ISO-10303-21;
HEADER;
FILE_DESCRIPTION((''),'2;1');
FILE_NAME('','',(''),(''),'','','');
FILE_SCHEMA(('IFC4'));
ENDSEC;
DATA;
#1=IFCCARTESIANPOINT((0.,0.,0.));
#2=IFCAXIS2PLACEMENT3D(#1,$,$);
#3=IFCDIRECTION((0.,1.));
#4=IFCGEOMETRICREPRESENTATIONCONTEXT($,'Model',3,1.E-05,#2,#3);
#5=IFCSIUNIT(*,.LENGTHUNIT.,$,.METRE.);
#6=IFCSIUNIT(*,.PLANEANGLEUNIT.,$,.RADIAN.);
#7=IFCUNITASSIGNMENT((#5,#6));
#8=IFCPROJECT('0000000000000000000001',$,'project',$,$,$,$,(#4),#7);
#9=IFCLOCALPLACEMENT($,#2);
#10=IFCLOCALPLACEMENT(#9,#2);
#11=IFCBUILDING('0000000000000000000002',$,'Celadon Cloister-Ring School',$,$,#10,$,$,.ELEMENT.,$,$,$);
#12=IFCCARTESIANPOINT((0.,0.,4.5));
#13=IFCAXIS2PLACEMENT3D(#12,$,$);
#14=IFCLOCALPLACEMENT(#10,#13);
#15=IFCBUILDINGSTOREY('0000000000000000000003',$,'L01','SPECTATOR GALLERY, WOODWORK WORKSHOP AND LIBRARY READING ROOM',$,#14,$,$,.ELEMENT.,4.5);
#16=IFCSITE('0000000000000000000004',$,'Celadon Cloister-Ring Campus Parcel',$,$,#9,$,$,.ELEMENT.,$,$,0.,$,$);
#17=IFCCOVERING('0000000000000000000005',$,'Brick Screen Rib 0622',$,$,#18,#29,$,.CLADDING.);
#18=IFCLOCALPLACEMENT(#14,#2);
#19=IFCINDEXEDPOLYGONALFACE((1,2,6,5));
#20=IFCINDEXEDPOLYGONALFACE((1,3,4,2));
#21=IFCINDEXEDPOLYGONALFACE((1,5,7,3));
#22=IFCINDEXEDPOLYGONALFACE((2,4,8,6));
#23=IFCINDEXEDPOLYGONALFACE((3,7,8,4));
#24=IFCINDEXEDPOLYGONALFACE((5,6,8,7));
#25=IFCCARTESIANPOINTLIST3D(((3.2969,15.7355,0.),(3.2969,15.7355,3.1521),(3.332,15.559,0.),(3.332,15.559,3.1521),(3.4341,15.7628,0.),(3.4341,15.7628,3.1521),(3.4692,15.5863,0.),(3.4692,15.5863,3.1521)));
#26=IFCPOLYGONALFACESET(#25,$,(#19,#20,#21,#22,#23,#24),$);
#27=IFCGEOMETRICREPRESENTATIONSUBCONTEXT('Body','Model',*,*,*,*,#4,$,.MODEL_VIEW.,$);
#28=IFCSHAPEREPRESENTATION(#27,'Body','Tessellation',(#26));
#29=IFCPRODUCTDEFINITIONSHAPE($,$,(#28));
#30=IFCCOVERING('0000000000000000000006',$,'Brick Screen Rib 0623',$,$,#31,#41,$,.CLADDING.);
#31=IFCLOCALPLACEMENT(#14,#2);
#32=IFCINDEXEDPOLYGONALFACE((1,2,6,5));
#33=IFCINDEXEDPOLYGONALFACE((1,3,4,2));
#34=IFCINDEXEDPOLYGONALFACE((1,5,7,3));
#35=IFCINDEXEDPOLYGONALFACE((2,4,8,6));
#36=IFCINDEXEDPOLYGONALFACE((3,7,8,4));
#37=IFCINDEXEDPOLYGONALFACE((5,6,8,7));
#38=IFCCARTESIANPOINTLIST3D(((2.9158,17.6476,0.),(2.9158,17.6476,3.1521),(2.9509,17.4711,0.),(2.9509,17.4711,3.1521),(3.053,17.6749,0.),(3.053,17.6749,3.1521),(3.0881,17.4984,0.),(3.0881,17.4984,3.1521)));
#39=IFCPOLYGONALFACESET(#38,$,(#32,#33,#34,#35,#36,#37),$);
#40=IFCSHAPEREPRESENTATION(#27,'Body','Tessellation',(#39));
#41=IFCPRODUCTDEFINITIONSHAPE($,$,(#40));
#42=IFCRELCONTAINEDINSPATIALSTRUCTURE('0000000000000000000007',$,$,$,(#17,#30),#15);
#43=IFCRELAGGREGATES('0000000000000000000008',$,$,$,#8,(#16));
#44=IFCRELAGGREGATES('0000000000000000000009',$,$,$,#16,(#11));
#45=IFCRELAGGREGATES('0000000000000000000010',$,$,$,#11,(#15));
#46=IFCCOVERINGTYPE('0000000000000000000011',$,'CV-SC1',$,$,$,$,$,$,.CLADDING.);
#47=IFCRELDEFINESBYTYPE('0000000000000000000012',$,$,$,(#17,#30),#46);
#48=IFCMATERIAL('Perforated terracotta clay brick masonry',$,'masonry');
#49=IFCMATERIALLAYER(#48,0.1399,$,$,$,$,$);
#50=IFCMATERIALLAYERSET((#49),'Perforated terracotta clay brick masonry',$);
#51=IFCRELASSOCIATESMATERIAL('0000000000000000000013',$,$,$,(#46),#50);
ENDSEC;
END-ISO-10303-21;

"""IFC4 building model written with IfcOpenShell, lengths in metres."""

from ifc_helpers import new_model, si_unit, direction, frame, origin, origin_2d, place, context, subcontext, project, spatial, rectangle, extrude, material, layer, layer_set, type_object, element, save


model = new_model("IFC4")

# Units and contexts
model_context = context("Model", 3, precision=1e-05, world=origin(), true_north=direction((0.0, 1.0)))
body_context = subcontext(model_context, "Body", "Model", "MODEL_VIEW")
ifc_project = project(units=[si_unit("LENGTHUNIT", "METRE"), si_unit("PLANEANGLEUNIT", "RADIAN")], contexts=[model_context])

# Site, building, storey
site_placement = place(None, origin())
site = spatial("IfcSite", under=ifc_project, at=site_placement, Name="Celadon Cloister-Ring Campus Parcel", CompositionType="ELEMENT", RefElevation=0.0)
building_placement = place(site_placement, origin())
building = spatial("IfcBuilding", under=site, at=building_placement, Name="Celadon Cloister-Ring School", CompositionType="ELEMENT")
storey_placement = place(building_placement, frame((0.0, 0.0, 4.5)))
storey = spatial("IfcBuildingStorey", under=building, at=storey_placement, Name="L01", Description="SPECTATOR GALLERY, WOODWORK WORKSHOP AND LIBRARY READING ROOM", CompositionType="ELEMENT", Elevation=4.5)

# Coverings
ifc_material_1 = material(Name="Perforated terracotta clay brick masonry", Category="masonry")
ifc_layer_1 = layer(ifc_material_1, 0.1399)
ifc_layer_set_1 = layer_set([ifc_layer_1], Name="Perforated terracotta clay brick masonry")
covering_type = type_object("IfcCoveringType", Name="CV-SC1", PredefinedType="CLADDING", material=ifc_layer_set_1)
for number, where, z_axis, x_axis, name in (
    (1, (3.3831, 15.6609, 0.0), (0.0, 0.0, 1.0), (-0.195142, 0.980775, 0.0), "Brick Screen Rib 0622"),
    (2, (3.002, 17.573, 0.0), (0.0, 0.0, 1.0), (-0.195142, 0.980775, 0.0), "Brick Screen Rib 0623"),
):
    element("IfcCovering", number, at=place(storey_placement, frame(where, z_axis=z_axis, x_axis=x_axis)), inside=storey, type_object=covering_type, Name=name, PredefinedType="CLADDING", context=body_context, shape_type="SweptSolid", body=[
        extrude(rectangle(XDim=0.1799, YDim=0.1399, at=origin_2d()), origin(), (0.0, 0.0, 1.0), 3.1521),
    ])

save(model, "model.ifc")
